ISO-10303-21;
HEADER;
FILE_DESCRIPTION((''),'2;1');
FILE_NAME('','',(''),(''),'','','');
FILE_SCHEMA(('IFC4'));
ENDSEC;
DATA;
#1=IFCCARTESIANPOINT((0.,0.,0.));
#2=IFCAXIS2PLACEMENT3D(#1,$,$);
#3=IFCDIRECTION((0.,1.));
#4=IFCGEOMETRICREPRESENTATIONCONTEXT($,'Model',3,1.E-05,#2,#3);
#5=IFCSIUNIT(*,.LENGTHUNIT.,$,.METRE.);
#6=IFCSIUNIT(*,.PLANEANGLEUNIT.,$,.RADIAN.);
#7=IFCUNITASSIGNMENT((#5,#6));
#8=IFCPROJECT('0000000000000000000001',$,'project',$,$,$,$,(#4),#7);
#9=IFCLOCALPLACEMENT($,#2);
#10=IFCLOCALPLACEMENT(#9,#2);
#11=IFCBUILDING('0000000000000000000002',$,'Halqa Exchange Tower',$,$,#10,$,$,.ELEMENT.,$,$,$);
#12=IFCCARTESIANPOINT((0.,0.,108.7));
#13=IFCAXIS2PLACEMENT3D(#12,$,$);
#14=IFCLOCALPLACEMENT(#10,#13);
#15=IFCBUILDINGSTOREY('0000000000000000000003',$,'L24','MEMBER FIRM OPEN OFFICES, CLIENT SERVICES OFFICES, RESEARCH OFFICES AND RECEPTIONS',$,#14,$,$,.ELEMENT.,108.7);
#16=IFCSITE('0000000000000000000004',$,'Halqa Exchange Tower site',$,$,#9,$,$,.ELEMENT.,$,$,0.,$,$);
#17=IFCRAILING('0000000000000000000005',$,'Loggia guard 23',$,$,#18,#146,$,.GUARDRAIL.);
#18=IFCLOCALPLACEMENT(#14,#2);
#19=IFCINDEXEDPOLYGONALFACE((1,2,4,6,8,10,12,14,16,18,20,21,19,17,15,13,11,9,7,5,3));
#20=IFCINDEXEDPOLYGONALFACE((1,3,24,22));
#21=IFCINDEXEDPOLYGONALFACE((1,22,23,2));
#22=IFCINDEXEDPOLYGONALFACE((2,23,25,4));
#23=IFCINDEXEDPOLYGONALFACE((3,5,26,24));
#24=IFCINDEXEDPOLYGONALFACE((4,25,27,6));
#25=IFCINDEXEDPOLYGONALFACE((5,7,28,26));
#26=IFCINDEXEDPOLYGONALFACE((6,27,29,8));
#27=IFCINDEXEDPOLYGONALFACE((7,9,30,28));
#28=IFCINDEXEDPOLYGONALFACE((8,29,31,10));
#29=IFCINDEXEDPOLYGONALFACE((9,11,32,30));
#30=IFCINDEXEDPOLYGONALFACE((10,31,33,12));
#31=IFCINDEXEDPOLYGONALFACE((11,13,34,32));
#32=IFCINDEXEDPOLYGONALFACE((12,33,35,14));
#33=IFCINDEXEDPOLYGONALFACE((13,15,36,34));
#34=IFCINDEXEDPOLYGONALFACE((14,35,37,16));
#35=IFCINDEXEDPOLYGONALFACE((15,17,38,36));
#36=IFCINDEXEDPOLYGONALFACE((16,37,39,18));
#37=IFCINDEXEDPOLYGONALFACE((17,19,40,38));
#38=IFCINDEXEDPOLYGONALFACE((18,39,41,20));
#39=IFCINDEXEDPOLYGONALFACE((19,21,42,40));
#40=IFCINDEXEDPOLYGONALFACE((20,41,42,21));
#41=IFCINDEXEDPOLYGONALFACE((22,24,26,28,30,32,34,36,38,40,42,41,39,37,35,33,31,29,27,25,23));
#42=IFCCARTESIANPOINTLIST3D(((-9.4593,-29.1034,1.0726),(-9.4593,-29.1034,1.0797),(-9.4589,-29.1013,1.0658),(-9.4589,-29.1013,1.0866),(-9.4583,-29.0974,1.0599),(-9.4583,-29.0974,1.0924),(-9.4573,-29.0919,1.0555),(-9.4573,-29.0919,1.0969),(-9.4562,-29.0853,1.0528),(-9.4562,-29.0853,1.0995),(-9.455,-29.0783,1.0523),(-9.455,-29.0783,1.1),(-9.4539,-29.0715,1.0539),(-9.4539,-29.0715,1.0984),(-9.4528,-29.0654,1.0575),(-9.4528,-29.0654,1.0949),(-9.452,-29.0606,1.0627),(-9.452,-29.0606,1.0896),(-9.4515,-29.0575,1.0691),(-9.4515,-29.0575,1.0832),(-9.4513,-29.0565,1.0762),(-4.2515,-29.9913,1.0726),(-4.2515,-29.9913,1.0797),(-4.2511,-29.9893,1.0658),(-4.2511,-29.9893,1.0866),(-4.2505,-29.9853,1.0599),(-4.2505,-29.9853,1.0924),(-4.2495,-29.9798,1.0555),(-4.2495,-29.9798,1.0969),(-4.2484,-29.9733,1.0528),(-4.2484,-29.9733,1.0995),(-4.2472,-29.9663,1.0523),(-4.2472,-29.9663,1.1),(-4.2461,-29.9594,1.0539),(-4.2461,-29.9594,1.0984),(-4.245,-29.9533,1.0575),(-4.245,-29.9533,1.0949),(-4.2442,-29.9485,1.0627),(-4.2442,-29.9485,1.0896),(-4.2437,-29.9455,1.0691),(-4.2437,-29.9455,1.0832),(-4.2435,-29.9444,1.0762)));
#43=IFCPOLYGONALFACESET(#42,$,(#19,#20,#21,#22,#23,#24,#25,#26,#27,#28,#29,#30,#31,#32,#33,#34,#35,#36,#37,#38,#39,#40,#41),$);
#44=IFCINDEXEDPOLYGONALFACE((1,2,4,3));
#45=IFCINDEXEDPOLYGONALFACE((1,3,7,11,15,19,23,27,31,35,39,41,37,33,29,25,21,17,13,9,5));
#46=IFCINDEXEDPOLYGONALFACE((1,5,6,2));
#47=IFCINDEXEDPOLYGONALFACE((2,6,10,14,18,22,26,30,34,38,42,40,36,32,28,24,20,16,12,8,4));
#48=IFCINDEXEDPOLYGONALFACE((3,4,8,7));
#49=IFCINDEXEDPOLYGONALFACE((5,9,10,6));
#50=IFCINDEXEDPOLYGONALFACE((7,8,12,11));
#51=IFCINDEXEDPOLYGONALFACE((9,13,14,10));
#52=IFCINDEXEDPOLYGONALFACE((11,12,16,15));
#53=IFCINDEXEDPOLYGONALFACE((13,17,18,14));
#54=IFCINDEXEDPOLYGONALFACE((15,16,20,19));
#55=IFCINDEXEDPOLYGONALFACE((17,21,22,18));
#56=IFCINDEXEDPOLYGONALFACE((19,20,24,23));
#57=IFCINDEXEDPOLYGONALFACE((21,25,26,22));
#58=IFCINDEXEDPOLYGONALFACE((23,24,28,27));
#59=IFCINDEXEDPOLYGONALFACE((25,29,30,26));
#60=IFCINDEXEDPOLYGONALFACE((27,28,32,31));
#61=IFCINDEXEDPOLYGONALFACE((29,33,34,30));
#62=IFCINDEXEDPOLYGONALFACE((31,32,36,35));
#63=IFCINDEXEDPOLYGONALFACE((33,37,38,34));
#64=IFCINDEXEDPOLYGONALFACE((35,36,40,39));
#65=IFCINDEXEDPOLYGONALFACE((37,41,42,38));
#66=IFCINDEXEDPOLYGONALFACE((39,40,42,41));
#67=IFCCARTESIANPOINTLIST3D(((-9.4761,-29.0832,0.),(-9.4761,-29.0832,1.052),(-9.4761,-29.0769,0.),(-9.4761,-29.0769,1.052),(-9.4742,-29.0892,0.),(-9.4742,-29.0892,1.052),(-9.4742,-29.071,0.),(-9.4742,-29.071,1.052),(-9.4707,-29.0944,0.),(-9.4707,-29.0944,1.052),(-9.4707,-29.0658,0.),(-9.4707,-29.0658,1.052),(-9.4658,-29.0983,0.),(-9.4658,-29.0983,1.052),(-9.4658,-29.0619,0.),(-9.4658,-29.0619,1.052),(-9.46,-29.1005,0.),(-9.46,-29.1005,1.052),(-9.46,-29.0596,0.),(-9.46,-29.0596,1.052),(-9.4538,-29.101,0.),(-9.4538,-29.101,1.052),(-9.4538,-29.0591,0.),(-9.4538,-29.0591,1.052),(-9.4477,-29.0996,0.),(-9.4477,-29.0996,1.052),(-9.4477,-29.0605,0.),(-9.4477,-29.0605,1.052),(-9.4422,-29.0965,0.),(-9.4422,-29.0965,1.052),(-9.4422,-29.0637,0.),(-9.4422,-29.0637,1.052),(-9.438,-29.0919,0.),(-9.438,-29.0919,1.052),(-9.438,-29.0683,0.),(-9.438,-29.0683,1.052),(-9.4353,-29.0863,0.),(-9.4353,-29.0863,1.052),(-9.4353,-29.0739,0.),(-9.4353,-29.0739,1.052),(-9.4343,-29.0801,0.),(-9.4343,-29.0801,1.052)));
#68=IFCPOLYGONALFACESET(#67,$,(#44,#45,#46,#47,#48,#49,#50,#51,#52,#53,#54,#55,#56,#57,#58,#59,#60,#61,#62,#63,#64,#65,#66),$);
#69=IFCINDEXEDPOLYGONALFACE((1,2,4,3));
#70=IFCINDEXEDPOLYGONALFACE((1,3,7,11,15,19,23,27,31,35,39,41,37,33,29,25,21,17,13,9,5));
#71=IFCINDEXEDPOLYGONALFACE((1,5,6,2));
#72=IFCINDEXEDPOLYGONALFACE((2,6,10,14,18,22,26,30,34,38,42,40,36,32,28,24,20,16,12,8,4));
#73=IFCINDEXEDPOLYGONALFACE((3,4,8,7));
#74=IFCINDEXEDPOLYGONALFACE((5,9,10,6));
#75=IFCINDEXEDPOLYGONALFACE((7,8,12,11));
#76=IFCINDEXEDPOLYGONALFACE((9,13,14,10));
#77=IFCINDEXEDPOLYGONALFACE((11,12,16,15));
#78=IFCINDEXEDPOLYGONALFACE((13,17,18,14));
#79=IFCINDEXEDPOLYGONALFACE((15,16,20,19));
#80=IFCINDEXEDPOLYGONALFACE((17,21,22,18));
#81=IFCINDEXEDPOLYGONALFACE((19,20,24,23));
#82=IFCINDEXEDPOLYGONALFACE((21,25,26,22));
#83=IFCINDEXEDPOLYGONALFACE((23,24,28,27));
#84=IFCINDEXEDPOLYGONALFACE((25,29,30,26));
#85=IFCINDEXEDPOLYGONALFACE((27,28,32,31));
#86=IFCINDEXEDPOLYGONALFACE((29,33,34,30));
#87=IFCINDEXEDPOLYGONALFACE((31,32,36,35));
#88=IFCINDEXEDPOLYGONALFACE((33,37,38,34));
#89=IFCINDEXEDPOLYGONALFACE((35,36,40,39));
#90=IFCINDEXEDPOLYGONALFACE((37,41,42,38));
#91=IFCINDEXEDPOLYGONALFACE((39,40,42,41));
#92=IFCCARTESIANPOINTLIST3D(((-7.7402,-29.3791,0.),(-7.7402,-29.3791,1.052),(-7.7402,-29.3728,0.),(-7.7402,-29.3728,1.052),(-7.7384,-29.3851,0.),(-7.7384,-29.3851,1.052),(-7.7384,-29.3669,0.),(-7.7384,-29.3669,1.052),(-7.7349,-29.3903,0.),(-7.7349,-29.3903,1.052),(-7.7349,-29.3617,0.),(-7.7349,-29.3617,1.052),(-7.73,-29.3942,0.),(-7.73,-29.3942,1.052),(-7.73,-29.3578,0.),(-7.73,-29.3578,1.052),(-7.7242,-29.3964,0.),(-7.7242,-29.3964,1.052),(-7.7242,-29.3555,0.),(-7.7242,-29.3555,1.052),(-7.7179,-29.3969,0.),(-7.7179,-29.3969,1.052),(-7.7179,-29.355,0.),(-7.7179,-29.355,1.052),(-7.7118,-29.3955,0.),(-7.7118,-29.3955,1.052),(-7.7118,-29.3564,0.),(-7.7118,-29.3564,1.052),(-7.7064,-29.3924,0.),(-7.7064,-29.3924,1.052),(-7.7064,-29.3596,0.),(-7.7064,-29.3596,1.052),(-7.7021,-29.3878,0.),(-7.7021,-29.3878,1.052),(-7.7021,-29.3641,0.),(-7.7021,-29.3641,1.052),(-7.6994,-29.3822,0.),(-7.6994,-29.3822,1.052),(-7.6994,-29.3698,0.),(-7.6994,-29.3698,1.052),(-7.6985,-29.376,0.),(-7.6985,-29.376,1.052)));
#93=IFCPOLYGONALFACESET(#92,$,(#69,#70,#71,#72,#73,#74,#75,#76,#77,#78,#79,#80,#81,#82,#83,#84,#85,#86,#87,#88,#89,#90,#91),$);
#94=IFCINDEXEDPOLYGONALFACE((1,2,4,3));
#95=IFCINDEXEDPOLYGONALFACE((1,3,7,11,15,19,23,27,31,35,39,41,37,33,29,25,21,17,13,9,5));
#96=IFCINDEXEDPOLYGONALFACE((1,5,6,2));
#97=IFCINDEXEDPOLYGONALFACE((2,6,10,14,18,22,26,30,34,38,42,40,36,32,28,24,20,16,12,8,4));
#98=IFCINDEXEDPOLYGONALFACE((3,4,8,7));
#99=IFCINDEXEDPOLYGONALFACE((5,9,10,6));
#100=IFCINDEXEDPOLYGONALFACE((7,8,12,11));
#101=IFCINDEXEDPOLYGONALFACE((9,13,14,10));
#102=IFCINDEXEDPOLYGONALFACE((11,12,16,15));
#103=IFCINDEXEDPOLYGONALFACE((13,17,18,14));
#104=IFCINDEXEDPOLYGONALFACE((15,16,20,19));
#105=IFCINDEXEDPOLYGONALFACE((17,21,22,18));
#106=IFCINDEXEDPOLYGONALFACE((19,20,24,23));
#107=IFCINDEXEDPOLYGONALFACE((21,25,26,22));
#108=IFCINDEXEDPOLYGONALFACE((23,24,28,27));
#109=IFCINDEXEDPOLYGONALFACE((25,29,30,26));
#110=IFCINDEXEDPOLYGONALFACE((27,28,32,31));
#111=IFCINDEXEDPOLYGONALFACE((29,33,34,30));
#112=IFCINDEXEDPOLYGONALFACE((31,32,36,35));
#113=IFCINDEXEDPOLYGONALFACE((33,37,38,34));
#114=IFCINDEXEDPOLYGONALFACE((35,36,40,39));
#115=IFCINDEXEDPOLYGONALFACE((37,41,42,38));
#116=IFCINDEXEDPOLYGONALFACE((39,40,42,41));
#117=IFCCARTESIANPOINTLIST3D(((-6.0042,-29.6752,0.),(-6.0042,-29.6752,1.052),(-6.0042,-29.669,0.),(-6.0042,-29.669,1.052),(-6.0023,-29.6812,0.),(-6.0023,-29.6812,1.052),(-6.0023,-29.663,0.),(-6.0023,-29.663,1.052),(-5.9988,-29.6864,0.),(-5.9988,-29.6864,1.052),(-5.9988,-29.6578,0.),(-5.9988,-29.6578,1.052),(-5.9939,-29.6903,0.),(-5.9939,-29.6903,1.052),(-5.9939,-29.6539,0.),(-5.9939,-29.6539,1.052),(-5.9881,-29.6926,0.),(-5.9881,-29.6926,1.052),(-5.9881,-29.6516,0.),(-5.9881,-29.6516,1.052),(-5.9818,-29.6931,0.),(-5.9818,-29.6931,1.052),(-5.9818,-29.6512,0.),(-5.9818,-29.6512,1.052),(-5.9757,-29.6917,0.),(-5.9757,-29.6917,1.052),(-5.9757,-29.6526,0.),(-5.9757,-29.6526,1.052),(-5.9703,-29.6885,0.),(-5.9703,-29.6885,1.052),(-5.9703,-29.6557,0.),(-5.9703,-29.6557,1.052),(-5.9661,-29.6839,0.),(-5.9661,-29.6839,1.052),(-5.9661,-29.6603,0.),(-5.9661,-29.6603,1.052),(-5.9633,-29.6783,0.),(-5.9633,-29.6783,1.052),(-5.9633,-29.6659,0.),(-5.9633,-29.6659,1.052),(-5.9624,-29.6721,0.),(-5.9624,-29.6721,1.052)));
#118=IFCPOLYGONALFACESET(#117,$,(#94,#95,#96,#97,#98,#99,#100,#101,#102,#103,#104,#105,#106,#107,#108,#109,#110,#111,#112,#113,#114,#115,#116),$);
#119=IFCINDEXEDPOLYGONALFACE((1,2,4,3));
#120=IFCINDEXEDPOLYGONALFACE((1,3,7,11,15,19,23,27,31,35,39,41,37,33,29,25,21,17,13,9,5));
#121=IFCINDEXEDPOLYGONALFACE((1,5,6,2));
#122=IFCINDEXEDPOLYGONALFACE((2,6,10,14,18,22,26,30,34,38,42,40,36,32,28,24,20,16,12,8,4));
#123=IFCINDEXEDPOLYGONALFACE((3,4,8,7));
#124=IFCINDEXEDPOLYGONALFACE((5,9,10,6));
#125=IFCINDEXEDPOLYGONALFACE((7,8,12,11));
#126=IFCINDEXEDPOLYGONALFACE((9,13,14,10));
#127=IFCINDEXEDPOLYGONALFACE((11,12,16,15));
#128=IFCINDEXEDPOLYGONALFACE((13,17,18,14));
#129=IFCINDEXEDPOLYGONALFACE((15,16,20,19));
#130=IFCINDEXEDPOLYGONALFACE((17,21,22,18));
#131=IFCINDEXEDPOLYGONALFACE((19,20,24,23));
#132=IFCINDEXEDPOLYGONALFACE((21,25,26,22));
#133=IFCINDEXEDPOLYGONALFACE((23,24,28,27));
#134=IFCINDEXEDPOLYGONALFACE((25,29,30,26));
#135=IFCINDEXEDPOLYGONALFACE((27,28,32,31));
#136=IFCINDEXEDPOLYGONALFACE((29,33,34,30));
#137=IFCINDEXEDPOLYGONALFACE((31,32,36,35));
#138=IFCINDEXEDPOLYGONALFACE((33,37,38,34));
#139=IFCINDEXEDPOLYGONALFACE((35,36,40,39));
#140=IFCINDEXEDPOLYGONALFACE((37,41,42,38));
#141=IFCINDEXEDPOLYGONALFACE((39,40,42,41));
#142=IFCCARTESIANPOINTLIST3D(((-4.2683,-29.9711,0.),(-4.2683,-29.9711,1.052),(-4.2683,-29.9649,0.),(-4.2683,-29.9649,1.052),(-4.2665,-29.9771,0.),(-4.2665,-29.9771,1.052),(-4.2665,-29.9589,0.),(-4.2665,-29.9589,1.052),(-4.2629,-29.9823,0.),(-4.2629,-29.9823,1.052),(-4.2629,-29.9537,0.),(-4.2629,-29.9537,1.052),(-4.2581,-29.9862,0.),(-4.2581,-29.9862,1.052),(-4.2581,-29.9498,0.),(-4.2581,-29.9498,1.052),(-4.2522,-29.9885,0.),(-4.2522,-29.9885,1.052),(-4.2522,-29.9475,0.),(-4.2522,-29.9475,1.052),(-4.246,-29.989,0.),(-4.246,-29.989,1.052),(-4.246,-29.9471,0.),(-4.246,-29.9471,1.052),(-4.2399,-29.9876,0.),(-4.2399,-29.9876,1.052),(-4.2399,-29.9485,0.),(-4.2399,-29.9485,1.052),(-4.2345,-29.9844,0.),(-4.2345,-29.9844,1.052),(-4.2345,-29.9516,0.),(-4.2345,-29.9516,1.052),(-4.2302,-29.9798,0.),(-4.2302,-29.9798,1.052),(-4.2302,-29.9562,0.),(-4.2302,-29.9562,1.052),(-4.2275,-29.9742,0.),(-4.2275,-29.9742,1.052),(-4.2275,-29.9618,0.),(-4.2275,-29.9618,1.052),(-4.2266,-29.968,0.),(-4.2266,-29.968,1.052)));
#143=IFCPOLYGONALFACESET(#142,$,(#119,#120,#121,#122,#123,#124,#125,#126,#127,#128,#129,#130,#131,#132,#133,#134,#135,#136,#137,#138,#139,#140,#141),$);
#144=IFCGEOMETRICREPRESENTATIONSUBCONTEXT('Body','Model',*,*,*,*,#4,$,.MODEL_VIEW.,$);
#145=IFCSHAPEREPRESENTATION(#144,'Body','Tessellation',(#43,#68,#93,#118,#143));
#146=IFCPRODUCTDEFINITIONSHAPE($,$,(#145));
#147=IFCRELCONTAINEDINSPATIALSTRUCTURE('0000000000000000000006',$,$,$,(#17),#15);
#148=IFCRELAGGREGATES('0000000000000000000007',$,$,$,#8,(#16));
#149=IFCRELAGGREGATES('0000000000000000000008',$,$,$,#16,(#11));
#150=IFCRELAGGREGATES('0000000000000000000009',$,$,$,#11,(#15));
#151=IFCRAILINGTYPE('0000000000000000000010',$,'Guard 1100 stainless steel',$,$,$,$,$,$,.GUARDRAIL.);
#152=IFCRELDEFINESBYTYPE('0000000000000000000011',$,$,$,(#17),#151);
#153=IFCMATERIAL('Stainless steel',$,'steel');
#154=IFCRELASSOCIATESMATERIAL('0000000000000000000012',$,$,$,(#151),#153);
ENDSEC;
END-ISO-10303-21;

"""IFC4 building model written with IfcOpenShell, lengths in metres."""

from ifc_helpers import new_model, si_unit, direction, frame, origin, origin_2d, place, context, subcontext, project, spatial, circle, extrude, material, type_object, element, save


model = new_model("IFC4")

# Units and contexts
model_context = context("Model", 3, precision=1e-05, world=origin(), true_north=direction((0.0, 1.0)))
body_context = subcontext(model_context, "Body", "Model", "MODEL_VIEW")
ifc_project = project(units=[si_unit("LENGTHUNIT", "METRE"), si_unit("PLANEANGLEUNIT", "RADIAN")], contexts=[model_context])

# Site, building, storey
site_placement = place(None, origin())
site = spatial("IfcSite", under=ifc_project, at=site_placement, Name="Halqa Exchange Tower site", CompositionType="ELEMENT", RefElevation=0.0)
building_placement = place(site_placement, origin())
building = spatial("IfcBuilding", under=site, at=building_placement, Name="Halqa Exchange Tower", CompositionType="ELEMENT")
storey_placement = place(building_placement, frame((0.0, 0.0, 108.7)))
storey = spatial("IfcBuildingStorey", under=building, at=storey_placement, Name="L24", Description="MEMBER FIRM OPEN OFFICES, CLIENT SERVICES OFFICES, RESEARCH OFFICES AND RECEPTIONS", CompositionType="ELEMENT", Elevation=108.7)

# Railing
ifc_material_1 = material(Name="Stainless steel", Category="steel")
railing_type = type_object("IfcRailingType", Name="Guard 1100 stainless steel", PredefinedType="GUARDRAIL", material=ifc_material_1)
railing_1_placement = place(storey_placement, frame((-9.4553, -29.0801, 0.0)))
element("IfcRailing", 1, at=railing_1_placement, inside=storey, type_object=railing_type, Name="Loggia guard 23", PredefinedType="GUARDRAIL", context=body_context, shape_type="SweptSolid", body=[
    extrude(circle(Radius=0.0239, at=origin_2d()), frame((0.0, 0.0, 1.0762), z_axis=(0.985774, -0.168077, 0.0), x_axis=(0.168077, 0.985774, 0.0)), (0.0, 0.0, 1.0), 5.283),
    extrude(circle(Radius=0.021, at=origin_2d()), origin(), (0.0, 0.0, 1.0), 1.052),
    extrude(circle(Radius=0.021, at=origin_2d()), frame((1.7358, -0.2959, 0.0)), (0.0, 0.0, 1.0), 1.052),
    extrude(circle(Radius=0.021, at=origin_2d()), frame((3.4719, -0.592, 0.0)), (0.0, 0.0, 1.0), 1.052),
    extrude(circle(Radius=0.021, at=origin_2d()), frame((5.2078, -0.8879, 0.0)), (0.0, 0.0, 1.0), 1.052),
])

save(model, "model.ifc")
